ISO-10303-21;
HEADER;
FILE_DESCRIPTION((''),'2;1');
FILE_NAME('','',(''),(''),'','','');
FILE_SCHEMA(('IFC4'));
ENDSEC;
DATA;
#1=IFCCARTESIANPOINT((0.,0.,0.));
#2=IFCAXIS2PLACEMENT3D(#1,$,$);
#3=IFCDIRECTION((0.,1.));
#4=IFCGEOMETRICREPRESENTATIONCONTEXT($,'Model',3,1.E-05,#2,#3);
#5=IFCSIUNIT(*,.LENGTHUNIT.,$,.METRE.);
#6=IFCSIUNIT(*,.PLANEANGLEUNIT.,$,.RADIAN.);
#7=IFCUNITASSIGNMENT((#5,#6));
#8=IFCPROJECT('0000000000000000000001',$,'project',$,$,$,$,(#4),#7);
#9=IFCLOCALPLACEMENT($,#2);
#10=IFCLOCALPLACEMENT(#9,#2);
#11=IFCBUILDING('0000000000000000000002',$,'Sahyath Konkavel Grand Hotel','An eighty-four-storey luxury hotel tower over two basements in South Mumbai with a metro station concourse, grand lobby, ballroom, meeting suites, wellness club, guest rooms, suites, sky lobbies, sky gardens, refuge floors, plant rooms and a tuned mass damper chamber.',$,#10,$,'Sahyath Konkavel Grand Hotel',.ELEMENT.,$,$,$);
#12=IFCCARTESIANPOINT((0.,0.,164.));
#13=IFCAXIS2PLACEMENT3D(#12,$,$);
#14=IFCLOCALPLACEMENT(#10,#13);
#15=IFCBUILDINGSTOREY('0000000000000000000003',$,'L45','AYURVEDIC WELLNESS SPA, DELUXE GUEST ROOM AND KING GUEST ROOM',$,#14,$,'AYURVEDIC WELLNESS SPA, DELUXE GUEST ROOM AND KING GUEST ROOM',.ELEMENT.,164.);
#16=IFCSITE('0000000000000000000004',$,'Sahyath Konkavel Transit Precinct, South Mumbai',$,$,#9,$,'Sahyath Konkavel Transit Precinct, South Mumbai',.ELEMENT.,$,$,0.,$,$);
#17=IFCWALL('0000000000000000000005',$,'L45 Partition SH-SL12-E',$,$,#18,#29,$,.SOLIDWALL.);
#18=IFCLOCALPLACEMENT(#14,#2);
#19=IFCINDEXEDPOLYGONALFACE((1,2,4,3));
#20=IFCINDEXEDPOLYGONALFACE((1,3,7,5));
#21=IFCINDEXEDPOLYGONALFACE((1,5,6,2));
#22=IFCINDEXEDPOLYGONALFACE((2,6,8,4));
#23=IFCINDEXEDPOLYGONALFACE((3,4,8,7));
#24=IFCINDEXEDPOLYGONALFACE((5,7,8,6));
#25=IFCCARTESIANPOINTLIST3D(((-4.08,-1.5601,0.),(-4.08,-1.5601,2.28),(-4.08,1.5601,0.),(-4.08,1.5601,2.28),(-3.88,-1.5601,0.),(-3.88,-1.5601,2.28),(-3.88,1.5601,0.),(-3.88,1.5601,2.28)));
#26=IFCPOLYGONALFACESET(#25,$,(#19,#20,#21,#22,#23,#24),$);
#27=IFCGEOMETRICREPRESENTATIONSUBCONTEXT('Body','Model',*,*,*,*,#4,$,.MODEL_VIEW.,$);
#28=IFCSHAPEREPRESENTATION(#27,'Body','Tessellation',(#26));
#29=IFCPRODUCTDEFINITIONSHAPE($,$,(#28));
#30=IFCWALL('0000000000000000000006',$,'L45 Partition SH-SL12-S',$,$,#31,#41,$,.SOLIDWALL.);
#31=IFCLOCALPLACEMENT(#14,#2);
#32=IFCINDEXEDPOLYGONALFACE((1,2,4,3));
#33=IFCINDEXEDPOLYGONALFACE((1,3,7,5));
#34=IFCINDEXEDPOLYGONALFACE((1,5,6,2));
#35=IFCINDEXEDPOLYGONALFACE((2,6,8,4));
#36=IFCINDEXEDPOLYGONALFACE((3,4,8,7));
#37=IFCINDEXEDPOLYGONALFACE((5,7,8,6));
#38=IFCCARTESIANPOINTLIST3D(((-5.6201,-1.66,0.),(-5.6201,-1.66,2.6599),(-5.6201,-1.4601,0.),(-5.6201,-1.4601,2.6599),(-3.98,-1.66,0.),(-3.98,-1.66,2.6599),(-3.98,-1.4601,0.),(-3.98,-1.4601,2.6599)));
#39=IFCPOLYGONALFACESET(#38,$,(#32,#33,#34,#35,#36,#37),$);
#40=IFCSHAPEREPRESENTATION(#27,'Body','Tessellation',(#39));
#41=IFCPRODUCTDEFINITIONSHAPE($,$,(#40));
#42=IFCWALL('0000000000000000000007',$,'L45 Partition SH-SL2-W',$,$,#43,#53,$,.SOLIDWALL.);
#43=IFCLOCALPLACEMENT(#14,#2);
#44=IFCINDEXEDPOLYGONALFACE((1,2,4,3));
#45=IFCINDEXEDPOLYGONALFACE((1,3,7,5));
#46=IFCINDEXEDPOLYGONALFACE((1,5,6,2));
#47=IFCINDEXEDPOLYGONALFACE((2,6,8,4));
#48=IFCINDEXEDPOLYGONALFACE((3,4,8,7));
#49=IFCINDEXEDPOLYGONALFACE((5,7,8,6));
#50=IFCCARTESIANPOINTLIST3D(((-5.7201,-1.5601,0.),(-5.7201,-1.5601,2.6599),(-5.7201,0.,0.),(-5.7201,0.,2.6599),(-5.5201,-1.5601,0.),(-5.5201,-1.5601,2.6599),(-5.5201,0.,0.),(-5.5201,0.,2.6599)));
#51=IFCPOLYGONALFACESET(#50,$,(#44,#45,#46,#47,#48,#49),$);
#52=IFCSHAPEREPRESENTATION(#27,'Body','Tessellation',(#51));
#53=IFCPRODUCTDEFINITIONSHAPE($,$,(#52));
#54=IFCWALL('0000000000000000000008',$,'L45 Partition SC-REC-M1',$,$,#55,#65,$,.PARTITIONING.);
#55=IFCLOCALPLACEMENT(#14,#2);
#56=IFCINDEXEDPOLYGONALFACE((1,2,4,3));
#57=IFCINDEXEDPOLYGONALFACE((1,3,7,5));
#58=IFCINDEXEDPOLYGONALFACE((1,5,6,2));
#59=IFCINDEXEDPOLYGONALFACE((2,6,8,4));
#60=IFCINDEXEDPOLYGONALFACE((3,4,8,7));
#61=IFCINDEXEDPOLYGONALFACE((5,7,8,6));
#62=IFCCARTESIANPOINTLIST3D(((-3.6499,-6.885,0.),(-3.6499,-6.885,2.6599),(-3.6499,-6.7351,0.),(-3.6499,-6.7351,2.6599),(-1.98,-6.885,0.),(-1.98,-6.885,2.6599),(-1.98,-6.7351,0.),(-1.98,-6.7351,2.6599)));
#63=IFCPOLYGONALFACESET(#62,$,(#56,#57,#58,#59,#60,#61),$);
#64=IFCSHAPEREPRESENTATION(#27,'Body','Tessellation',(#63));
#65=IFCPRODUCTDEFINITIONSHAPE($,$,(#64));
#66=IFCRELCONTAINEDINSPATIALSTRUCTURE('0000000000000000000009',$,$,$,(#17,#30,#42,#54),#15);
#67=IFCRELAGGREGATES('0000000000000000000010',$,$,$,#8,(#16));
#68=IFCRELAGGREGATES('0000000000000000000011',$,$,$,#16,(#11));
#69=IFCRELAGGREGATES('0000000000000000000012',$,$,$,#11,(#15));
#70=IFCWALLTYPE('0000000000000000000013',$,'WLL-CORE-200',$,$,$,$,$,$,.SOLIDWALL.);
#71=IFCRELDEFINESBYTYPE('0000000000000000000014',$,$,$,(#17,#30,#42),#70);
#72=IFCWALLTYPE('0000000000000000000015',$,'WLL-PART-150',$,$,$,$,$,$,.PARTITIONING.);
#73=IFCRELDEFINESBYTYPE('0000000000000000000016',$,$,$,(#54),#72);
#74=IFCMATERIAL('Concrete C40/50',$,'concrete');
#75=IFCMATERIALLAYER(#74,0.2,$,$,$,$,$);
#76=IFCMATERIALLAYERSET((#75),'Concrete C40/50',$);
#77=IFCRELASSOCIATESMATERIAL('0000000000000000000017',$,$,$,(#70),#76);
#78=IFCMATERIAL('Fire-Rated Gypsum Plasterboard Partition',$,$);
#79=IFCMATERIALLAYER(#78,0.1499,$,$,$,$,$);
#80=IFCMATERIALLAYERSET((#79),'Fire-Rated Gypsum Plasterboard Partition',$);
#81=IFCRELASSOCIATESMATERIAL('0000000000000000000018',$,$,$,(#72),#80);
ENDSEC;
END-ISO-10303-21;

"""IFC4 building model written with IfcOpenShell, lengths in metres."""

from ifc_helpers import new_model, si_unit, direction, frame, frame_2d, origin, place, context, subcontext, project, spatial, rectangle, extrude, material, layer, layer_set, type_object, element, save


model = new_model("IFC4")

# Units and contexts
model_context = context("Model", 3, precision=1e-05, world=origin(), true_north=direction((0.0, 1.0)))
body_context = subcontext(model_context, "Body", "Model", "MODEL_VIEW")
ifc_project = project(units=[si_unit("LENGTHUNIT", "METRE"), si_unit("PLANEANGLEUNIT", "RADIAN")], contexts=[model_context])

# Site, building, storey
site_placement = place(None, origin())
site = spatial("IfcSite", under=ifc_project, at=site_placement, Name="Sahyath Konkavel Transit Precinct, South Mumbai", LongName="Sahyath Konkavel Transit Precinct, South Mumbai", CompositionType="ELEMENT", RefElevation=0.0)
building_placement = place(site_placement, origin())
building = spatial("IfcBuilding", under=site, at=building_placement, Name="Sahyath Konkavel Grand Hotel", Description="An eighty-four-storey luxury hotel tower over two basements in South Mumbai with a metro station concourse, grand lobby, ballroom, meeting suites, wellness club, guest rooms, suites, sky lobbies, sky gardens, refuge floors, plant rooms and a tuned mass damper chamber.", LongName="Sahyath Konkavel Grand Hotel", CompositionType="ELEMENT")
storey_placement = place(building_placement, frame((0.0, 0.0, 164.0)))
storey = spatial("IfcBuildingStorey", under=building, at=storey_placement, Name="L45", Description="AYURVEDIC WELLNESS SPA, DELUXE GUEST ROOM AND KING GUEST ROOM", LongName="AYURVEDIC WELLNESS SPA, DELUXE GUEST ROOM AND KING GUEST ROOM", CompositionType="ELEMENT", Elevation=164.0)

# Shared definitions
ifc_material_1 = material(Name="Concrete C40/50", Category="concrete")

# Shared definitions
ifc_layer_1 = layer(ifc_material_1, 0.2)
ifc_layer_set_1 = layer_set([ifc_layer_1], Name="Concrete C40/50")
wall_type_1 = type_object("IfcWallType", Name="WLL-CORE-200", PredefinedType="SOLIDWALL", material=ifc_layer_set_1)

# Walls
wall_1_placement = place(storey_placement, frame((-3.98, -1.5601, 0.0), z_axis=(0.0, 0.0, 1.0), x_axis=(0.0, 1.0, 0.0)))
element("IfcWall", 1, at=wall_1_placement, inside=storey, type_object=wall_type_1, Name="L45 Partition SH-SL12-E", PredefinedType="SOLIDWALL", context=body_context, shape_type="SweptSolid", body=[
    extrude(rectangle(XDim=3.1201, YDim=0.2, at=frame_2d((1.5601, 0.0))), origin(), (0.0, 0.0, 1.0), 2.28),
])
wall_2_placement = place(storey_placement, frame((-5.6201, -1.5601, 0.0), z_axis=(0.0, 0.0, 1.0), x_axis=(1.0, 0.0, 0.0)))
element("IfcWall", 2, at=wall_2_placement, inside=storey, type_object=wall_type_1, Name="L45 Partition SH-SL12-S", PredefinedType="SOLIDWALL", context=body_context, shape_type="SweptSolid", body=[
    extrude(rectangle(XDim=1.6401, YDim=0.2, at=frame_2d((0.8201, 0.0))), origin(), (0.0, 0.0, 1.0), 2.6599),
])
wall_3_placement = place(storey_placement, frame((-5.6201, -1.5601, 0.0), z_axis=(0.0, 0.0, 1.0), x_axis=(0.0, 1.0, 0.0)))
element("IfcWall", 3, at=wall_3_placement, inside=storey, type_object=wall_type_1, Name="L45 Partition SH-SL2-W", PredefinedType="SOLIDWALL", context=body_context, shape_type="SweptSolid", body=[
    extrude(rectangle(XDim=1.5601, YDim=0.2, at=frame_2d((0.78, 0.0))), origin(), (0.0, 0.0, 1.0), 2.6599),
])
ifc_material_2 = material(Name="Fire-Rated Gypsum Plasterboard Partition")
ifc_layer_2 = layer(ifc_material_2, 0.1499)
ifc_layer_set_2 = layer_set([ifc_layer_2], Name="Fire-Rated Gypsum Plasterboard Partition")
wall_type_2 = type_object("IfcWallType", Name="WLL-PART-150", PredefinedType="PARTITIONING", material=ifc_layer_set_2)
wall_4_placement = place(storey_placement, frame((-3.6499, -6.8101, 0.0), z_axis=(0.0, 0.0, 1.0), x_axis=(1.0, 0.0, 0.0)))
element("IfcWall", 4, at=wall_4_placement, inside=storey, type_object=wall_type_2, Name="L45 Partition SC-REC-M1", PredefinedType="PARTITIONING", context=body_context, shape_type="SweptSolid", body=[
    extrude(rectangle(XDim=1.6699, YDim=0.1499, at=frame_2d((0.835, 0.0))), origin(), (0.0, 0.0, 1.0), 2.6599),
])

save(model, "model.ifc")
